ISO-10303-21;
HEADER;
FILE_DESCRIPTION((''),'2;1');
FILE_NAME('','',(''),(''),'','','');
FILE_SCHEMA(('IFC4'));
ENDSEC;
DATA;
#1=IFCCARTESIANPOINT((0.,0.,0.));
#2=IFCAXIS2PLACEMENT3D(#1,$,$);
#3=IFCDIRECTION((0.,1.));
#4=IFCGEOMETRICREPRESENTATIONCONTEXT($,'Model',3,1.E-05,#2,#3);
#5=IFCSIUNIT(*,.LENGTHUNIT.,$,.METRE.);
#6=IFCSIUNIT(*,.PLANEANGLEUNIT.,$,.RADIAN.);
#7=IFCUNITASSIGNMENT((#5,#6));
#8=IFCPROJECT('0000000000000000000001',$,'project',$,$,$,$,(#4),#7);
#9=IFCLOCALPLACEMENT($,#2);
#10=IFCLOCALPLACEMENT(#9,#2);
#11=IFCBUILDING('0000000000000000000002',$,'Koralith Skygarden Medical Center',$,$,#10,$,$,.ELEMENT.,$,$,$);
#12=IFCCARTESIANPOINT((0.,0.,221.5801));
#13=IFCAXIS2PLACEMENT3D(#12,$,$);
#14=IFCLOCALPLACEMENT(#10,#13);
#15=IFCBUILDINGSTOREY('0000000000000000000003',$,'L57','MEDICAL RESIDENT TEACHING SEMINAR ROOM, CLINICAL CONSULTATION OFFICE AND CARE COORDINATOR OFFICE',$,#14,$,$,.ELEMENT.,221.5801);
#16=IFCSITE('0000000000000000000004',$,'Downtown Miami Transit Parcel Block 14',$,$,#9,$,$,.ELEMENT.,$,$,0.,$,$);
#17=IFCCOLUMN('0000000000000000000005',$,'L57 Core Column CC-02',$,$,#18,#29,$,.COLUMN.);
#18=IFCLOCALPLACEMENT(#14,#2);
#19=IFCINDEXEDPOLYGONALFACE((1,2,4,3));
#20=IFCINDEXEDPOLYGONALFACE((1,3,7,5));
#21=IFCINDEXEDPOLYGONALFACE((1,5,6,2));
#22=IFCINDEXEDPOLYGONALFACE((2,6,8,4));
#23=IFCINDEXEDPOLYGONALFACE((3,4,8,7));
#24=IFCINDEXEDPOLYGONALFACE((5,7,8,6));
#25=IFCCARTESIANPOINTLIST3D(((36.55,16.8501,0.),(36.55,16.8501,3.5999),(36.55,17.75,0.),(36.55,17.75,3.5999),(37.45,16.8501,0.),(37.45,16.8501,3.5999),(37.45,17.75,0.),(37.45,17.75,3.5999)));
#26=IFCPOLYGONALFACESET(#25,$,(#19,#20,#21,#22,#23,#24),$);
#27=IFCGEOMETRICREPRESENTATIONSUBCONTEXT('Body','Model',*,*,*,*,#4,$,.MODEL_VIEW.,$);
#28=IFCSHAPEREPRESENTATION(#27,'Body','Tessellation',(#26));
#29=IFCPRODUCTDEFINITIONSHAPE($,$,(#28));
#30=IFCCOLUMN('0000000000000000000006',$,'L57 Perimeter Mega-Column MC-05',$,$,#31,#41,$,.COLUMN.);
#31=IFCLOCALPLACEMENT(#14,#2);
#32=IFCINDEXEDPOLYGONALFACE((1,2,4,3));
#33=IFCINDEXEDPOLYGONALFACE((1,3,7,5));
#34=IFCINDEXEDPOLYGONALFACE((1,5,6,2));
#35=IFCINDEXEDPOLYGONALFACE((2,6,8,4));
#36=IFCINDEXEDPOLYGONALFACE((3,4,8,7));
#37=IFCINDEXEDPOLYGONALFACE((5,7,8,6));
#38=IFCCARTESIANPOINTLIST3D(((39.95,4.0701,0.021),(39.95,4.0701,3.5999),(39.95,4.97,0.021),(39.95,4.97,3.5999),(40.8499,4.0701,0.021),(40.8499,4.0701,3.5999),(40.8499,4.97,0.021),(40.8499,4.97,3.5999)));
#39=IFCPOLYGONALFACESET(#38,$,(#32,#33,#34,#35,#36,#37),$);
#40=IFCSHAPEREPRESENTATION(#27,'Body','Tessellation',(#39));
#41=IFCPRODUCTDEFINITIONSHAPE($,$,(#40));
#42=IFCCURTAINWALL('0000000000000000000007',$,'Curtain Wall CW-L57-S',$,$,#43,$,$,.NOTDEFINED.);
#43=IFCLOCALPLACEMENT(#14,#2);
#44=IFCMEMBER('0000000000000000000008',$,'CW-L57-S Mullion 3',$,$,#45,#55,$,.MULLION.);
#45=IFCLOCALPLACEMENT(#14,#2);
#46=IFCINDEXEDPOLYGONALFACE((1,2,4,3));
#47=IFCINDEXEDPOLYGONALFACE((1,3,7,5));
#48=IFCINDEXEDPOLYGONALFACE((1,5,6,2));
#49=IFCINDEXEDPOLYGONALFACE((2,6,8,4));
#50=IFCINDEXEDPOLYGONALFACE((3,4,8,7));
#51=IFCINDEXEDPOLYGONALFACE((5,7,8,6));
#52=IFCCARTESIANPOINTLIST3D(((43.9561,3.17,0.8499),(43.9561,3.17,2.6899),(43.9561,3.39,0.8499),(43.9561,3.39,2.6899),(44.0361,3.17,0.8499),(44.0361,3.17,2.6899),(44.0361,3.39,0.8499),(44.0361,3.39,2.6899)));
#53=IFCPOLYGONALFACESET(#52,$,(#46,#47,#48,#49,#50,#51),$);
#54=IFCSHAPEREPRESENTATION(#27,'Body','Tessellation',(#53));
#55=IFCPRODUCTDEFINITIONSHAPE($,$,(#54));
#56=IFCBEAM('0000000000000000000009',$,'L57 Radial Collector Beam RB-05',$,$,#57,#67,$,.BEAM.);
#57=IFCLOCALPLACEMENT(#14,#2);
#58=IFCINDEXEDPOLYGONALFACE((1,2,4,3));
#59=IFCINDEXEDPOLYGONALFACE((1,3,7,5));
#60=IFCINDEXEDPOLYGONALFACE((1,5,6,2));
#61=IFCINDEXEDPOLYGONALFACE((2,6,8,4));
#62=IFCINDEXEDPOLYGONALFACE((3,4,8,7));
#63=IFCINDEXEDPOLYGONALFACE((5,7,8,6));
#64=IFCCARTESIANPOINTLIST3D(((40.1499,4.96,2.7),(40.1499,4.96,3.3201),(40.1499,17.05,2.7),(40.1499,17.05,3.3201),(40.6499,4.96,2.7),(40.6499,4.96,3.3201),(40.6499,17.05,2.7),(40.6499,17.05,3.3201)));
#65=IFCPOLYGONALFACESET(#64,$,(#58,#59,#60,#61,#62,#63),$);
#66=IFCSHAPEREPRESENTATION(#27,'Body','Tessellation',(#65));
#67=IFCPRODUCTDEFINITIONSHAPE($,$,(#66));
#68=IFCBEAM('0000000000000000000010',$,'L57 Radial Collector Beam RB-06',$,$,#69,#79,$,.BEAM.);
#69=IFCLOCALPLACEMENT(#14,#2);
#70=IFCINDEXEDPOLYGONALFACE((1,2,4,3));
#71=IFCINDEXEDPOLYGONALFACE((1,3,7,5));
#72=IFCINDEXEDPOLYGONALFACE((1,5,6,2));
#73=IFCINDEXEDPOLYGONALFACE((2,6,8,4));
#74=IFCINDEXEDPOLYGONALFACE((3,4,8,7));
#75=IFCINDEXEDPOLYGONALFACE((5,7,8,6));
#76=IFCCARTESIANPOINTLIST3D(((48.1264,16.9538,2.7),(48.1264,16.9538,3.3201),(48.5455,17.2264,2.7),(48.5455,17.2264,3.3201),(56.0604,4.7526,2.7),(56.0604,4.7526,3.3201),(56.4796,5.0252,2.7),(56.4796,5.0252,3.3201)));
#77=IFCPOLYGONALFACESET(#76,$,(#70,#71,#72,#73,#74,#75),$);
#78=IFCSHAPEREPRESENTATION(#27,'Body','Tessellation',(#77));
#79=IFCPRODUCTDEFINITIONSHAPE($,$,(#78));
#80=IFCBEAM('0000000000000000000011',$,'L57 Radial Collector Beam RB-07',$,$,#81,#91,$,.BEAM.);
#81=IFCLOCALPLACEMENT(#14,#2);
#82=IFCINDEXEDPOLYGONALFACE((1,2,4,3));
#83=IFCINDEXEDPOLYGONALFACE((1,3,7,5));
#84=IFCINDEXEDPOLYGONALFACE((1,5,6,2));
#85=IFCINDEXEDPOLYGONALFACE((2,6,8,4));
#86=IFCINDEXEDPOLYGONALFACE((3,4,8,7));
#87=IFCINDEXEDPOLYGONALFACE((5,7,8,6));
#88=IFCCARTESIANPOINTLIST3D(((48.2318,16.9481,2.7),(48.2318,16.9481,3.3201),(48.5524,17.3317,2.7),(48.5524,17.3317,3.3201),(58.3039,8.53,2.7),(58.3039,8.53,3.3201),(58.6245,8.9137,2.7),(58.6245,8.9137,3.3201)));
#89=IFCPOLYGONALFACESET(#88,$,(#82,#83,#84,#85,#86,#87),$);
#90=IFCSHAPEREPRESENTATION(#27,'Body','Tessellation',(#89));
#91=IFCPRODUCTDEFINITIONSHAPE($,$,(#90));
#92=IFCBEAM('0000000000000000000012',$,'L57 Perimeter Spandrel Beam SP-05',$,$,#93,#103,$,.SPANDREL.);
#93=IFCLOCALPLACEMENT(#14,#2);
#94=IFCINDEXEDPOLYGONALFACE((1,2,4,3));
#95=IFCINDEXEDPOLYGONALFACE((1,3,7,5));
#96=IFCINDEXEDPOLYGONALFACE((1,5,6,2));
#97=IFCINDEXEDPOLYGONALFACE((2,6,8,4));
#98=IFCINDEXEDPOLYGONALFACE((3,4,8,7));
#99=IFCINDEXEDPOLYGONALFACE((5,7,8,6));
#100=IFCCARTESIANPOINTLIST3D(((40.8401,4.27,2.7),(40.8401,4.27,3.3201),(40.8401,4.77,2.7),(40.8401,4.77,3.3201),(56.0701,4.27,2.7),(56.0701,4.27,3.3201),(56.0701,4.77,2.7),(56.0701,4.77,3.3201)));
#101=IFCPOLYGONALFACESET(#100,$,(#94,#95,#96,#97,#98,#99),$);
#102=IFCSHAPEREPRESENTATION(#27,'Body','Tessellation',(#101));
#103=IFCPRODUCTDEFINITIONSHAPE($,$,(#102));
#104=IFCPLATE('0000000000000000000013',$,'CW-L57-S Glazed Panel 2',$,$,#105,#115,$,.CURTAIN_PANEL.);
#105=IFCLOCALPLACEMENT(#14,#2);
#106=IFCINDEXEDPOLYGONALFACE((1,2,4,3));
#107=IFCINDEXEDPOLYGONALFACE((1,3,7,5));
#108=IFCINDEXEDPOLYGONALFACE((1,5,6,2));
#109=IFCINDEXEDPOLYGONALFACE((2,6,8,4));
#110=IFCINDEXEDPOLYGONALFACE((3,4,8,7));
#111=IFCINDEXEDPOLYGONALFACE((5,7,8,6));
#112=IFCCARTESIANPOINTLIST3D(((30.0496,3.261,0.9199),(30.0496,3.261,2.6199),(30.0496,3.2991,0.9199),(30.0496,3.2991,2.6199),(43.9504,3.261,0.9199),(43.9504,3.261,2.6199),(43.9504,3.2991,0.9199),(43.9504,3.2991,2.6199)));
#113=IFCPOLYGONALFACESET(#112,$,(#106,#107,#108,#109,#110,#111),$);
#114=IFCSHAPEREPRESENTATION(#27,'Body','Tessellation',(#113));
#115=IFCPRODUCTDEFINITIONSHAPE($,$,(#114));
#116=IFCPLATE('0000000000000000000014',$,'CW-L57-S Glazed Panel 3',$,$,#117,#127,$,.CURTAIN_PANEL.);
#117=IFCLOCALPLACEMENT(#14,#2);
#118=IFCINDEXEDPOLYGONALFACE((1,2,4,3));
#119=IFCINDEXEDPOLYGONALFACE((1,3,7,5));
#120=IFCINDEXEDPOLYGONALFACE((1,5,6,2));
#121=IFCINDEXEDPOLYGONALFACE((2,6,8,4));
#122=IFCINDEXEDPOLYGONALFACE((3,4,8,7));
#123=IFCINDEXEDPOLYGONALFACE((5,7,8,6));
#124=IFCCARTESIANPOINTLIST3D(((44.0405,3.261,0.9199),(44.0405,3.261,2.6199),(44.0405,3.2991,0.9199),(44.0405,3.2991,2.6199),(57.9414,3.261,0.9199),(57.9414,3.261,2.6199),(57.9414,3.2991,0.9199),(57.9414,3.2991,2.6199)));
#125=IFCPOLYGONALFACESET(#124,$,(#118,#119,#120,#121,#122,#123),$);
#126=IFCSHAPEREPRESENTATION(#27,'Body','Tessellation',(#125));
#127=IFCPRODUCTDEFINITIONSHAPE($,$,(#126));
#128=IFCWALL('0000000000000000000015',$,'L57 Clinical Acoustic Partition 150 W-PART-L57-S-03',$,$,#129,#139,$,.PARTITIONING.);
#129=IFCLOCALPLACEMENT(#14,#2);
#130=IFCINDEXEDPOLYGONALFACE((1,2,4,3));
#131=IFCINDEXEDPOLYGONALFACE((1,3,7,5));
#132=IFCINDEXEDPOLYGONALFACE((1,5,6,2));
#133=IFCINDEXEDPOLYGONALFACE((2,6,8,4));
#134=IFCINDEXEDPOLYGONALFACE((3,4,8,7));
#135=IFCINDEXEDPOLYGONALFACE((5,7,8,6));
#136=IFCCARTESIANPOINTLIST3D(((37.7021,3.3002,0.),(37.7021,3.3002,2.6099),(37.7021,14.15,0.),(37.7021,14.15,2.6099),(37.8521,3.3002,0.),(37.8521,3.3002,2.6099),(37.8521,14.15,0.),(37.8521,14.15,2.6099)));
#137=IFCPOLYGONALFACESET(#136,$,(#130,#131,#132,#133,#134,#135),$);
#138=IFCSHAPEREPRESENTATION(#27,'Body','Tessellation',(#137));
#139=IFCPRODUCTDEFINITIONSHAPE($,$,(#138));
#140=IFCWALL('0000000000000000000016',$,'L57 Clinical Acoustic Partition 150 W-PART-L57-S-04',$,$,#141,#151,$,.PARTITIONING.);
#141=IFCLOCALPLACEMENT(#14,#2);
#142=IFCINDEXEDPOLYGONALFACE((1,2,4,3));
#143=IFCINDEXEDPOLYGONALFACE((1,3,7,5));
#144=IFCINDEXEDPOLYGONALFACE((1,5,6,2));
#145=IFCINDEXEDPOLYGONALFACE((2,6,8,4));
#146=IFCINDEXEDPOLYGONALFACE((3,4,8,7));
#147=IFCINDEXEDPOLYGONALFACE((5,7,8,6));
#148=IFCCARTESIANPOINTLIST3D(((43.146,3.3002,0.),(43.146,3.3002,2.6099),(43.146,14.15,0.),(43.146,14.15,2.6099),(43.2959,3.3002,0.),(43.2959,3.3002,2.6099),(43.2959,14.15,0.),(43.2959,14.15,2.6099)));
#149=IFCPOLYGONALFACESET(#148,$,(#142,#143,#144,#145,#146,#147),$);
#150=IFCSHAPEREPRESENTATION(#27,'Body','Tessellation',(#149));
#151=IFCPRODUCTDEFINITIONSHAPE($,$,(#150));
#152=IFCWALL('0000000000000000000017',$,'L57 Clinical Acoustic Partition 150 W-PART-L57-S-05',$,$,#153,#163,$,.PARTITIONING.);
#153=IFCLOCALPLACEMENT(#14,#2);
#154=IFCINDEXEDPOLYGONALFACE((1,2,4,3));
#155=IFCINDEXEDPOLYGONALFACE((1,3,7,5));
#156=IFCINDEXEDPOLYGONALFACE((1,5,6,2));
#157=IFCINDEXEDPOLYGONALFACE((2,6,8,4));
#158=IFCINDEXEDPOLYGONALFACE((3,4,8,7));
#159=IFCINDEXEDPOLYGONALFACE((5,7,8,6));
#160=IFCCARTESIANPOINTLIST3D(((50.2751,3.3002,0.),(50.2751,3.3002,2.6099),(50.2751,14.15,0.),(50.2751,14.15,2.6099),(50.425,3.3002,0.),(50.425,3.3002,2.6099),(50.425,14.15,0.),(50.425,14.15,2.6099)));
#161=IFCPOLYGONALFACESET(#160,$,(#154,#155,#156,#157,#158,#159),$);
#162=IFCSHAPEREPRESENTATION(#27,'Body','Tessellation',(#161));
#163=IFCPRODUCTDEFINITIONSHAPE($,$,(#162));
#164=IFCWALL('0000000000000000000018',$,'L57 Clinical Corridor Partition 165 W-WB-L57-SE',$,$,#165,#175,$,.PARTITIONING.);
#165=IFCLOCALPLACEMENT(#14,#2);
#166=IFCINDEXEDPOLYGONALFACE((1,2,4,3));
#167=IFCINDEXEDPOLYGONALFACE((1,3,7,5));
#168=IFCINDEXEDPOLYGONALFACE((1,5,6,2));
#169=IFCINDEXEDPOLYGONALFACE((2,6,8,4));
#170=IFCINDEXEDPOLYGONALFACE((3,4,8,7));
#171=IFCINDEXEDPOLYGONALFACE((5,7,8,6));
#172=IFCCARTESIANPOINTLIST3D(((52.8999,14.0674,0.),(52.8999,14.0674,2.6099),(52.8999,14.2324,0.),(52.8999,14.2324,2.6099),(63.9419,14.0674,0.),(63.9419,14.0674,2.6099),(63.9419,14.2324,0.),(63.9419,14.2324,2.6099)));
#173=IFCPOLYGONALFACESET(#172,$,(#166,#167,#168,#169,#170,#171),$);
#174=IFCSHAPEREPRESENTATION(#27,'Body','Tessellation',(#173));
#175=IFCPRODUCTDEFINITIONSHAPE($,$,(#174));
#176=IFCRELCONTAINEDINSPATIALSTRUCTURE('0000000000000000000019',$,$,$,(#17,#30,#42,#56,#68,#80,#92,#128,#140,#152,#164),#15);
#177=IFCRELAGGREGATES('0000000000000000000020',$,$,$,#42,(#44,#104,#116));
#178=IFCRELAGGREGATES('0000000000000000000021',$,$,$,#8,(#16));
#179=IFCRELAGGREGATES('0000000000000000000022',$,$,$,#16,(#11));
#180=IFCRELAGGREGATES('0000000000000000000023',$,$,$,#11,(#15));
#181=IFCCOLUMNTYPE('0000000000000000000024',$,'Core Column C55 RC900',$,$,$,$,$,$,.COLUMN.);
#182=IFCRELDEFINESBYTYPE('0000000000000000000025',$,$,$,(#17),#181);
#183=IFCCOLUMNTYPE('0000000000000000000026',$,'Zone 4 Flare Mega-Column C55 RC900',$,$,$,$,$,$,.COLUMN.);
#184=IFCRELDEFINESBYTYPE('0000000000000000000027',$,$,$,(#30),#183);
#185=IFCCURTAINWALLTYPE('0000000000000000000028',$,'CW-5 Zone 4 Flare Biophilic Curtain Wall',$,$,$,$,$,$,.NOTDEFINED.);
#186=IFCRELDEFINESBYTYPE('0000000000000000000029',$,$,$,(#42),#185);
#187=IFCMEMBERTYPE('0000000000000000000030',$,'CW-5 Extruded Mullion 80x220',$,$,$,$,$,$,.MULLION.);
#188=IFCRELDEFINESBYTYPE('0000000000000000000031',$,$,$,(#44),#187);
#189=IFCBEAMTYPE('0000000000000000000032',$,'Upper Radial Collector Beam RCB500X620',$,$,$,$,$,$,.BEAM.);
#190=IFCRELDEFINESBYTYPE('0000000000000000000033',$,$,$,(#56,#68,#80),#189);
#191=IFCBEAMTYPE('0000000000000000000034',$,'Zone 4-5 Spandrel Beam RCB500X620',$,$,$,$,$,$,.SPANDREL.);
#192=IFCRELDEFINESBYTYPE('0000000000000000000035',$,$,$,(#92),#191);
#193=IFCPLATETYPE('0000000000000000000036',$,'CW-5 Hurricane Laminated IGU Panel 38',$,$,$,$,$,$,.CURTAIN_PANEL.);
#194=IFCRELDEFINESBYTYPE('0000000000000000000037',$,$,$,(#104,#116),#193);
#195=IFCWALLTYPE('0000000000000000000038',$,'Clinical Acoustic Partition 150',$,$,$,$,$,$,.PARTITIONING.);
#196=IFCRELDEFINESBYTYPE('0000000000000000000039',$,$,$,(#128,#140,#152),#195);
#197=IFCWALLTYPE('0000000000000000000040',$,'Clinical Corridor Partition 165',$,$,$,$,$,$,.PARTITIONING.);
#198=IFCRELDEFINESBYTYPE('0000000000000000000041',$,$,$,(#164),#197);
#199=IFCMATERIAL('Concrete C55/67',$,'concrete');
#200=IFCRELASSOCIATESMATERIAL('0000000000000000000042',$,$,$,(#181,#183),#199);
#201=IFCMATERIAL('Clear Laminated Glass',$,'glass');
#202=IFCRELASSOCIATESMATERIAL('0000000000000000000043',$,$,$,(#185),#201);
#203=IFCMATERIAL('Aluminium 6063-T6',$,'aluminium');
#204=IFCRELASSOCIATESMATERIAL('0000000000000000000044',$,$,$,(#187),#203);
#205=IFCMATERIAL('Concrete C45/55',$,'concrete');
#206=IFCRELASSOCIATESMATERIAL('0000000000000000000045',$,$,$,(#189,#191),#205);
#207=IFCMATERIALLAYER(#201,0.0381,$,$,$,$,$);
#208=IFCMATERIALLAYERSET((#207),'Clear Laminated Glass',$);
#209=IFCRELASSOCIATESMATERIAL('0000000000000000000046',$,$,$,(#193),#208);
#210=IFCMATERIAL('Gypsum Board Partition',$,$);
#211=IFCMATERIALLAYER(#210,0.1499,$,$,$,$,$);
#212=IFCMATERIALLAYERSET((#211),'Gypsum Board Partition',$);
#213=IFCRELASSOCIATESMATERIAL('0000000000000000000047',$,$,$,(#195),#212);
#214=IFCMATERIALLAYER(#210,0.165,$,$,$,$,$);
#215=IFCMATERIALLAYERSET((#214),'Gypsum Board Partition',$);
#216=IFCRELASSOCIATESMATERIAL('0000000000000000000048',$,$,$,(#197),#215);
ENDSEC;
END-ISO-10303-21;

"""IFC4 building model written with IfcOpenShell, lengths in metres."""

from ifc_helpers import new_model, si_unit, direction, frame, frame_2d, origin, origin_2d, place, context, subcontext, project, spatial, rectangle, extrude, material, layer, layer_set, material_profile, profile_set, type_object, element, aggregate, save


model = new_model("IFC4")

# Units and contexts
model_context = context("Model", 3, precision=1e-05, world=origin(), true_north=direction((0.0, 1.0)))
body_context = subcontext(model_context, "Body", "Model", "MODEL_VIEW")
ifc_project = project(units=[si_unit("LENGTHUNIT", "METRE"), si_unit("PLANEANGLEUNIT", "RADIAN")], contexts=[model_context])

# Site, building, storey
site_placement = place(None, origin())
site = spatial("IfcSite", under=ifc_project, at=site_placement, Name="Downtown Miami Transit Parcel Block 14", CompositionType="ELEMENT", RefElevation=0.0)
building_placement = place(site_placement, origin())
building = spatial("IfcBuilding", under=site, at=building_placement, Name="Koralith Skygarden Medical Center", CompositionType="ELEMENT")
storey_placement = place(building_placement, frame((0.0, 0.0, 221.5801)))
storey = spatial("IfcBuildingStorey", under=building, at=storey_placement, Name="L57", Description="MEDICAL RESIDENT TEACHING SEMINAR ROOM, CLINICAL CONSULTATION OFFICE AND CARE COORDINATOR OFFICE", CompositionType="ELEMENT", Elevation=221.5801)

# Columns
ifc_material_1 = material(Name="Concrete C55/67", Category="concrete")
ifc_material_profile_1 = material_profile(ifc_material_1, rectangle(XDim=0.8999, YDim=0.8999, at=origin_2d()), Name="RC900X900")
ifc_profile_set_1 = profile_set([ifc_material_profile_1], Name="Concrete C55/67")
column_type_1 = type_object("IfcColumnType", Name="Core Column C55 RC900", PredefinedType="COLUMN", material=ifc_profile_set_1)
column_1_placement = place(storey_placement, frame((37.0, 17.3, 0.0), z_axis=(0.0, 0.0, 1.0), x_axis=(1.0, 0.0, 0.0)))
element("IfcColumn", 1, at=column_1_placement, inside=storey, type_object=column_type_1, Name="L57 Core Column CC-02", PredefinedType="COLUMN", context=body_context, shape_type="SweptSolid", body=[
    extrude(rectangle(XDim=0.8999, YDim=0.8999, at=origin_2d()), origin(), (0.0, 0.0, 1.0), 3.5999),
])
ifc_material_profile_2 = material_profile(ifc_material_1, rectangle(XDim=0.8999, YDim=0.8999, at=origin_2d()), Name="RC900X900")
ifc_profile_set_2 = profile_set([ifc_material_profile_2], Name="Concrete C55/67")
column_type_2 = type_object("IfcColumnType", Name="Zone 4 Flare Mega-Column C55 RC900", PredefinedType="COLUMN", material=ifc_profile_set_2)
column_2_placement = place(storey_placement, frame((40.3999, 4.52, 0.021), z_axis=(0.0, 0.0, 1.0), x_axis=(1.0, 0.0, 0.0)))
element("IfcColumn", 2, at=column_2_placement, inside=storey, type_object=column_type_2, Name="L57 Perimeter Mega-Column MC-05", PredefinedType="COLUMN", context=body_context, shape_type="SweptSolid", body=[
    extrude(rectangle(XDim=0.8999, YDim=0.8999, at=origin_2d()), origin(), (0.0, 0.0, 1.0), 3.5789),
])

# Curtain wall, member
ifc_material_2 = material(Name="Clear Laminated Glass", Category="glass")
curtain_wall_type = type_object("IfcCurtainWallType", Name="CW-5 Zone 4 Flare Biophilic Curtain Wall", PredefinedType="NOTDEFINED", material=ifc_material_2)
curtain_wall_placement = place(storey_placement, origin())
curtain_wall = element("IfcCurtainWall", 3, at=curtain_wall_placement, inside=storey, type_object=curtain_wall_type, Name="Curtain Wall CW-L57-S", PredefinedType="NOTDEFINED")
ifc_material_3 = material(Name="Aluminium 6063-T6", Category="aluminium")
ifc_material_profile_3 = material_profile(ifc_material_3, rectangle(XDim=0.0801, YDim=0.22, at=origin_2d()), Name="MUL80X220")
ifc_profile_set_3 = profile_set([ifc_material_profile_3], Name="Aluminium 6063-T6")
member_type = type_object("IfcMemberType", Name="CW-5 Extruded Mullion 80x220", PredefinedType="MULLION", material=ifc_profile_set_3)
member_placement = place(storey_placement, frame((43.9961, 3.28, 0.8499), z_axis=(0.0, 0.0, 1.0), x_axis=(1.0, 0.0, 0.0)))
member = element("IfcMember", 4, at=member_placement, type_object=member_type, Name="CW-L57-S Mullion 3", PredefinedType="MULLION", context=body_context, shape_type="SweptSolid", body=[
    extrude(rectangle(XDim=0.0801, YDim=0.22, at=origin_2d()), origin(), (0.0, 0.0, 1.0), 1.8401),
])

# Beams
ifc_material_4 = material(Name="Concrete C45/55", Category="concrete")
ifc_material_profile_4 = material_profile(ifc_material_4, rectangle(XDim=0.5, YDim=0.6201, at=origin_2d()), Name="RCB500X620")
ifc_profile_set_4 = profile_set([ifc_material_profile_4], Name="Concrete C45/55")
beam_type_1 = type_object("IfcBeamType", Name="Upper Radial Collector Beam RCB500X620", PredefinedType="BEAM", material=ifc_profile_set_4)
beam_1_placement = place(storey_placement, frame((40.3999, 17.05, 3.01), z_axis=(0.0, -1.0, 0.0), x_axis=(1.0, 0.0, 0.0)))
element("IfcBeam", 5, at=beam_1_placement, inside=storey, type_object=beam_type_1, Name="L57 Radial Collector Beam RB-05", PredefinedType="BEAM", context=body_context, shape_type="SweptSolid", body=[
    extrude(rectangle(XDim=0.5, YDim=0.6201, at=origin_2d()), origin(), (0.0, 0.0, 1.0), 12.0901),
])
beam_2_placement = place(storey_placement, frame((48.3359, 17.0901, 3.01), z_axis=(0.545149, -0.838339, 0.0), x_axis=(0.838339, 0.545149, 0.0)))
element("IfcBeam", 6, at=beam_2_placement, inside=storey, type_object=beam_type_1, Name="L57 Radial Collector Beam RB-06", PredefinedType="BEAM", context=body_context, shape_type="SweptSolid", body=[
    extrude(rectangle(XDim=0.5, YDim=0.6201, at=origin_2d()), origin(), (0.0, 0.0, 1.0), 14.554),
])
beam_3_placement = place(storey_placement, frame((48.3921, 17.1399, 3.01), z_axis=(0.767298, -0.641291, 0.0), x_axis=(0.641291, 0.767298, 0.0)))
element("IfcBeam", 7, at=beam_3_placement, inside=storey, type_object=beam_type_1, Name="L57 Radial Collector Beam RB-07", PredefinedType="BEAM", context=body_context, shape_type="SweptSolid", body=[
    extrude(rectangle(XDim=0.5, YDim=0.6201, at=origin_2d()), origin(), (0.0, 0.0, 1.0), 13.1267),
])
ifc_material_profile_5 = material_profile(ifc_material_4, rectangle(XDim=0.5, YDim=0.6201, at=origin_2d()), Name="RCB500X620")
ifc_profile_set_5 = profile_set([ifc_material_profile_5], Name="Concrete C45/55")
beam_type_2 = type_object("IfcBeamType", Name="Zone 4-5 Spandrel Beam RCB500X620", PredefinedType="SPANDREL", material=ifc_profile_set_5)
beam_4_placement = place(storey_placement, frame((40.8401, 4.52, 3.01), z_axis=(1.0, 0.0, 0.0), x_axis=(0.0, 1.0, 0.0)))
element("IfcBeam", 8, at=beam_4_placement, inside=storey, type_object=beam_type_2, Name="L57 Perimeter Spandrel Beam SP-05", PredefinedType="SPANDREL", context=body_context, shape_type="SweptSolid", body=[
    extrude(rectangle(XDim=0.5, YDim=0.6201, at=origin_2d()), origin(), (0.0, 0.0, 1.0), 15.23),
])

# Plates
ifc_layer_1 = layer(ifc_material_2, 0.0381)
ifc_layer_set_1 = layer_set([ifc_layer_1], Name="Clear Laminated Glass")
plate_type = type_object("IfcPlateType", Name="CW-5 Hurricane Laminated IGU Panel 38", PredefinedType="CURTAIN_PANEL", material=ifc_layer_set_1)
plate_1_placement = place(storey_placement, frame((37.0, 3.28, 0.9199), z_axis=(0.0, 0.0, 1.0), x_axis=(1.0, 0.0, 0.0)))
plate_1 = element("IfcPlate", 9, at=plate_1_placement, type_object=plate_type, Name="CW-L57-S Glazed Panel 2", PredefinedType="CURTAIN_PANEL", context=body_context, shape_type="SweptSolid", body=[
    extrude(rectangle(XDim=13.9009, YDim=0.0381, at=origin_2d()), origin(), (0.0, 0.0, 1.0), 1.7),
])
plate_2_placement = place(storey_placement, frame((50.991, 3.28, 0.9199), z_axis=(0.0, 0.0, 1.0), x_axis=(1.0, 0.0, 0.0)))
plate_2 = element("IfcPlate", 10, at=plate_2_placement, type_object=plate_type, Name="CW-L57-S Glazed Panel 3", PredefinedType="CURTAIN_PANEL", context=body_context, shape_type="SweptSolid", body=[
    extrude(rectangle(XDim=13.9009, YDim=0.0381, at=origin_2d()), origin(), (0.0, 0.0, 1.0), 1.7),
])
aggregate(curtain_wall, [member, plate_1, plate_2])

# Walls
ifc_material_5 = material(Name="Gypsum Board Partition")
ifc_layer_2 = layer(ifc_material_5, 0.1499)
ifc_layer_set_2 = layer_set([ifc_layer_2], Name="Gypsum Board Partition")
wall_type_1 = type_object("IfcWallType", Name="Clinical Acoustic Partition 150", PredefinedType="PARTITIONING", material=ifc_layer_set_2)
for number, where, z_axis, x_axis, name in (
    (11, (37.7771, 14.1499, 0.0), (0.0, 0.0, 1.0), (0.0, -1.0, 0.0), "L57 Clinical Acoustic Partition 150 W-PART-L57-S-03"),
    (12, (43.2209, 14.1499, 0.0), (0.0, 0.0, 1.0), (0.0, -1.0, 0.0), "L57 Clinical Acoustic Partition 150 W-PART-L57-S-04"),
    (13, (50.3501, 14.1499, 0.0), (0.0, 0.0, 1.0), (0.0, -1.0, 0.0), "L57 Clinical Acoustic Partition 150 W-PART-L57-S-05"),
):
    element("IfcWall", number, at=place(storey_placement, frame(where, z_axis=z_axis, x_axis=x_axis)), inside=storey, type_object=wall_type_1, Name=name, PredefinedType="PARTITIONING", context=body_context, shape_type="SweptSolid", body=[
        extrude(rectangle(XDim=10.8499, YDim=0.1499, at=frame_2d((5.4248, 0.0))), origin(), (0.0, 0.0, 1.0), 2.6099),
    ])
ifc_layer_3 = layer(ifc_material_5, 0.165)
ifc_layer_set_3 = layer_set([ifc_layer_3], Name="Gypsum Board Partition")
wall_type_2 = type_object("IfcWallType", Name="Clinical Corridor Partition 165", PredefinedType="PARTITIONING", material=ifc_layer_set_3)
wall_1_placement = place(storey_placement, frame((52.8999, 14.1499, 0.0), z_axis=(0.0, 0.0, 1.0), x_axis=(1.0, 0.0, 0.0)))
element("IfcWall", 14, at=wall_1_placement, inside=storey, type_object=wall_type_2, Name="L57 Clinical Corridor Partition 165 W-WB-L57-SE", PredefinedType="PARTITIONING", context=body_context, shape_type="SweptSolid", body=[
    extrude(rectangle(XDim=11.042, YDim=0.165, at=frame_2d((5.521, 0.0))), origin(), (0.0, 0.0, 1.0), 2.6099),
])

save(model, "model.ifc")
